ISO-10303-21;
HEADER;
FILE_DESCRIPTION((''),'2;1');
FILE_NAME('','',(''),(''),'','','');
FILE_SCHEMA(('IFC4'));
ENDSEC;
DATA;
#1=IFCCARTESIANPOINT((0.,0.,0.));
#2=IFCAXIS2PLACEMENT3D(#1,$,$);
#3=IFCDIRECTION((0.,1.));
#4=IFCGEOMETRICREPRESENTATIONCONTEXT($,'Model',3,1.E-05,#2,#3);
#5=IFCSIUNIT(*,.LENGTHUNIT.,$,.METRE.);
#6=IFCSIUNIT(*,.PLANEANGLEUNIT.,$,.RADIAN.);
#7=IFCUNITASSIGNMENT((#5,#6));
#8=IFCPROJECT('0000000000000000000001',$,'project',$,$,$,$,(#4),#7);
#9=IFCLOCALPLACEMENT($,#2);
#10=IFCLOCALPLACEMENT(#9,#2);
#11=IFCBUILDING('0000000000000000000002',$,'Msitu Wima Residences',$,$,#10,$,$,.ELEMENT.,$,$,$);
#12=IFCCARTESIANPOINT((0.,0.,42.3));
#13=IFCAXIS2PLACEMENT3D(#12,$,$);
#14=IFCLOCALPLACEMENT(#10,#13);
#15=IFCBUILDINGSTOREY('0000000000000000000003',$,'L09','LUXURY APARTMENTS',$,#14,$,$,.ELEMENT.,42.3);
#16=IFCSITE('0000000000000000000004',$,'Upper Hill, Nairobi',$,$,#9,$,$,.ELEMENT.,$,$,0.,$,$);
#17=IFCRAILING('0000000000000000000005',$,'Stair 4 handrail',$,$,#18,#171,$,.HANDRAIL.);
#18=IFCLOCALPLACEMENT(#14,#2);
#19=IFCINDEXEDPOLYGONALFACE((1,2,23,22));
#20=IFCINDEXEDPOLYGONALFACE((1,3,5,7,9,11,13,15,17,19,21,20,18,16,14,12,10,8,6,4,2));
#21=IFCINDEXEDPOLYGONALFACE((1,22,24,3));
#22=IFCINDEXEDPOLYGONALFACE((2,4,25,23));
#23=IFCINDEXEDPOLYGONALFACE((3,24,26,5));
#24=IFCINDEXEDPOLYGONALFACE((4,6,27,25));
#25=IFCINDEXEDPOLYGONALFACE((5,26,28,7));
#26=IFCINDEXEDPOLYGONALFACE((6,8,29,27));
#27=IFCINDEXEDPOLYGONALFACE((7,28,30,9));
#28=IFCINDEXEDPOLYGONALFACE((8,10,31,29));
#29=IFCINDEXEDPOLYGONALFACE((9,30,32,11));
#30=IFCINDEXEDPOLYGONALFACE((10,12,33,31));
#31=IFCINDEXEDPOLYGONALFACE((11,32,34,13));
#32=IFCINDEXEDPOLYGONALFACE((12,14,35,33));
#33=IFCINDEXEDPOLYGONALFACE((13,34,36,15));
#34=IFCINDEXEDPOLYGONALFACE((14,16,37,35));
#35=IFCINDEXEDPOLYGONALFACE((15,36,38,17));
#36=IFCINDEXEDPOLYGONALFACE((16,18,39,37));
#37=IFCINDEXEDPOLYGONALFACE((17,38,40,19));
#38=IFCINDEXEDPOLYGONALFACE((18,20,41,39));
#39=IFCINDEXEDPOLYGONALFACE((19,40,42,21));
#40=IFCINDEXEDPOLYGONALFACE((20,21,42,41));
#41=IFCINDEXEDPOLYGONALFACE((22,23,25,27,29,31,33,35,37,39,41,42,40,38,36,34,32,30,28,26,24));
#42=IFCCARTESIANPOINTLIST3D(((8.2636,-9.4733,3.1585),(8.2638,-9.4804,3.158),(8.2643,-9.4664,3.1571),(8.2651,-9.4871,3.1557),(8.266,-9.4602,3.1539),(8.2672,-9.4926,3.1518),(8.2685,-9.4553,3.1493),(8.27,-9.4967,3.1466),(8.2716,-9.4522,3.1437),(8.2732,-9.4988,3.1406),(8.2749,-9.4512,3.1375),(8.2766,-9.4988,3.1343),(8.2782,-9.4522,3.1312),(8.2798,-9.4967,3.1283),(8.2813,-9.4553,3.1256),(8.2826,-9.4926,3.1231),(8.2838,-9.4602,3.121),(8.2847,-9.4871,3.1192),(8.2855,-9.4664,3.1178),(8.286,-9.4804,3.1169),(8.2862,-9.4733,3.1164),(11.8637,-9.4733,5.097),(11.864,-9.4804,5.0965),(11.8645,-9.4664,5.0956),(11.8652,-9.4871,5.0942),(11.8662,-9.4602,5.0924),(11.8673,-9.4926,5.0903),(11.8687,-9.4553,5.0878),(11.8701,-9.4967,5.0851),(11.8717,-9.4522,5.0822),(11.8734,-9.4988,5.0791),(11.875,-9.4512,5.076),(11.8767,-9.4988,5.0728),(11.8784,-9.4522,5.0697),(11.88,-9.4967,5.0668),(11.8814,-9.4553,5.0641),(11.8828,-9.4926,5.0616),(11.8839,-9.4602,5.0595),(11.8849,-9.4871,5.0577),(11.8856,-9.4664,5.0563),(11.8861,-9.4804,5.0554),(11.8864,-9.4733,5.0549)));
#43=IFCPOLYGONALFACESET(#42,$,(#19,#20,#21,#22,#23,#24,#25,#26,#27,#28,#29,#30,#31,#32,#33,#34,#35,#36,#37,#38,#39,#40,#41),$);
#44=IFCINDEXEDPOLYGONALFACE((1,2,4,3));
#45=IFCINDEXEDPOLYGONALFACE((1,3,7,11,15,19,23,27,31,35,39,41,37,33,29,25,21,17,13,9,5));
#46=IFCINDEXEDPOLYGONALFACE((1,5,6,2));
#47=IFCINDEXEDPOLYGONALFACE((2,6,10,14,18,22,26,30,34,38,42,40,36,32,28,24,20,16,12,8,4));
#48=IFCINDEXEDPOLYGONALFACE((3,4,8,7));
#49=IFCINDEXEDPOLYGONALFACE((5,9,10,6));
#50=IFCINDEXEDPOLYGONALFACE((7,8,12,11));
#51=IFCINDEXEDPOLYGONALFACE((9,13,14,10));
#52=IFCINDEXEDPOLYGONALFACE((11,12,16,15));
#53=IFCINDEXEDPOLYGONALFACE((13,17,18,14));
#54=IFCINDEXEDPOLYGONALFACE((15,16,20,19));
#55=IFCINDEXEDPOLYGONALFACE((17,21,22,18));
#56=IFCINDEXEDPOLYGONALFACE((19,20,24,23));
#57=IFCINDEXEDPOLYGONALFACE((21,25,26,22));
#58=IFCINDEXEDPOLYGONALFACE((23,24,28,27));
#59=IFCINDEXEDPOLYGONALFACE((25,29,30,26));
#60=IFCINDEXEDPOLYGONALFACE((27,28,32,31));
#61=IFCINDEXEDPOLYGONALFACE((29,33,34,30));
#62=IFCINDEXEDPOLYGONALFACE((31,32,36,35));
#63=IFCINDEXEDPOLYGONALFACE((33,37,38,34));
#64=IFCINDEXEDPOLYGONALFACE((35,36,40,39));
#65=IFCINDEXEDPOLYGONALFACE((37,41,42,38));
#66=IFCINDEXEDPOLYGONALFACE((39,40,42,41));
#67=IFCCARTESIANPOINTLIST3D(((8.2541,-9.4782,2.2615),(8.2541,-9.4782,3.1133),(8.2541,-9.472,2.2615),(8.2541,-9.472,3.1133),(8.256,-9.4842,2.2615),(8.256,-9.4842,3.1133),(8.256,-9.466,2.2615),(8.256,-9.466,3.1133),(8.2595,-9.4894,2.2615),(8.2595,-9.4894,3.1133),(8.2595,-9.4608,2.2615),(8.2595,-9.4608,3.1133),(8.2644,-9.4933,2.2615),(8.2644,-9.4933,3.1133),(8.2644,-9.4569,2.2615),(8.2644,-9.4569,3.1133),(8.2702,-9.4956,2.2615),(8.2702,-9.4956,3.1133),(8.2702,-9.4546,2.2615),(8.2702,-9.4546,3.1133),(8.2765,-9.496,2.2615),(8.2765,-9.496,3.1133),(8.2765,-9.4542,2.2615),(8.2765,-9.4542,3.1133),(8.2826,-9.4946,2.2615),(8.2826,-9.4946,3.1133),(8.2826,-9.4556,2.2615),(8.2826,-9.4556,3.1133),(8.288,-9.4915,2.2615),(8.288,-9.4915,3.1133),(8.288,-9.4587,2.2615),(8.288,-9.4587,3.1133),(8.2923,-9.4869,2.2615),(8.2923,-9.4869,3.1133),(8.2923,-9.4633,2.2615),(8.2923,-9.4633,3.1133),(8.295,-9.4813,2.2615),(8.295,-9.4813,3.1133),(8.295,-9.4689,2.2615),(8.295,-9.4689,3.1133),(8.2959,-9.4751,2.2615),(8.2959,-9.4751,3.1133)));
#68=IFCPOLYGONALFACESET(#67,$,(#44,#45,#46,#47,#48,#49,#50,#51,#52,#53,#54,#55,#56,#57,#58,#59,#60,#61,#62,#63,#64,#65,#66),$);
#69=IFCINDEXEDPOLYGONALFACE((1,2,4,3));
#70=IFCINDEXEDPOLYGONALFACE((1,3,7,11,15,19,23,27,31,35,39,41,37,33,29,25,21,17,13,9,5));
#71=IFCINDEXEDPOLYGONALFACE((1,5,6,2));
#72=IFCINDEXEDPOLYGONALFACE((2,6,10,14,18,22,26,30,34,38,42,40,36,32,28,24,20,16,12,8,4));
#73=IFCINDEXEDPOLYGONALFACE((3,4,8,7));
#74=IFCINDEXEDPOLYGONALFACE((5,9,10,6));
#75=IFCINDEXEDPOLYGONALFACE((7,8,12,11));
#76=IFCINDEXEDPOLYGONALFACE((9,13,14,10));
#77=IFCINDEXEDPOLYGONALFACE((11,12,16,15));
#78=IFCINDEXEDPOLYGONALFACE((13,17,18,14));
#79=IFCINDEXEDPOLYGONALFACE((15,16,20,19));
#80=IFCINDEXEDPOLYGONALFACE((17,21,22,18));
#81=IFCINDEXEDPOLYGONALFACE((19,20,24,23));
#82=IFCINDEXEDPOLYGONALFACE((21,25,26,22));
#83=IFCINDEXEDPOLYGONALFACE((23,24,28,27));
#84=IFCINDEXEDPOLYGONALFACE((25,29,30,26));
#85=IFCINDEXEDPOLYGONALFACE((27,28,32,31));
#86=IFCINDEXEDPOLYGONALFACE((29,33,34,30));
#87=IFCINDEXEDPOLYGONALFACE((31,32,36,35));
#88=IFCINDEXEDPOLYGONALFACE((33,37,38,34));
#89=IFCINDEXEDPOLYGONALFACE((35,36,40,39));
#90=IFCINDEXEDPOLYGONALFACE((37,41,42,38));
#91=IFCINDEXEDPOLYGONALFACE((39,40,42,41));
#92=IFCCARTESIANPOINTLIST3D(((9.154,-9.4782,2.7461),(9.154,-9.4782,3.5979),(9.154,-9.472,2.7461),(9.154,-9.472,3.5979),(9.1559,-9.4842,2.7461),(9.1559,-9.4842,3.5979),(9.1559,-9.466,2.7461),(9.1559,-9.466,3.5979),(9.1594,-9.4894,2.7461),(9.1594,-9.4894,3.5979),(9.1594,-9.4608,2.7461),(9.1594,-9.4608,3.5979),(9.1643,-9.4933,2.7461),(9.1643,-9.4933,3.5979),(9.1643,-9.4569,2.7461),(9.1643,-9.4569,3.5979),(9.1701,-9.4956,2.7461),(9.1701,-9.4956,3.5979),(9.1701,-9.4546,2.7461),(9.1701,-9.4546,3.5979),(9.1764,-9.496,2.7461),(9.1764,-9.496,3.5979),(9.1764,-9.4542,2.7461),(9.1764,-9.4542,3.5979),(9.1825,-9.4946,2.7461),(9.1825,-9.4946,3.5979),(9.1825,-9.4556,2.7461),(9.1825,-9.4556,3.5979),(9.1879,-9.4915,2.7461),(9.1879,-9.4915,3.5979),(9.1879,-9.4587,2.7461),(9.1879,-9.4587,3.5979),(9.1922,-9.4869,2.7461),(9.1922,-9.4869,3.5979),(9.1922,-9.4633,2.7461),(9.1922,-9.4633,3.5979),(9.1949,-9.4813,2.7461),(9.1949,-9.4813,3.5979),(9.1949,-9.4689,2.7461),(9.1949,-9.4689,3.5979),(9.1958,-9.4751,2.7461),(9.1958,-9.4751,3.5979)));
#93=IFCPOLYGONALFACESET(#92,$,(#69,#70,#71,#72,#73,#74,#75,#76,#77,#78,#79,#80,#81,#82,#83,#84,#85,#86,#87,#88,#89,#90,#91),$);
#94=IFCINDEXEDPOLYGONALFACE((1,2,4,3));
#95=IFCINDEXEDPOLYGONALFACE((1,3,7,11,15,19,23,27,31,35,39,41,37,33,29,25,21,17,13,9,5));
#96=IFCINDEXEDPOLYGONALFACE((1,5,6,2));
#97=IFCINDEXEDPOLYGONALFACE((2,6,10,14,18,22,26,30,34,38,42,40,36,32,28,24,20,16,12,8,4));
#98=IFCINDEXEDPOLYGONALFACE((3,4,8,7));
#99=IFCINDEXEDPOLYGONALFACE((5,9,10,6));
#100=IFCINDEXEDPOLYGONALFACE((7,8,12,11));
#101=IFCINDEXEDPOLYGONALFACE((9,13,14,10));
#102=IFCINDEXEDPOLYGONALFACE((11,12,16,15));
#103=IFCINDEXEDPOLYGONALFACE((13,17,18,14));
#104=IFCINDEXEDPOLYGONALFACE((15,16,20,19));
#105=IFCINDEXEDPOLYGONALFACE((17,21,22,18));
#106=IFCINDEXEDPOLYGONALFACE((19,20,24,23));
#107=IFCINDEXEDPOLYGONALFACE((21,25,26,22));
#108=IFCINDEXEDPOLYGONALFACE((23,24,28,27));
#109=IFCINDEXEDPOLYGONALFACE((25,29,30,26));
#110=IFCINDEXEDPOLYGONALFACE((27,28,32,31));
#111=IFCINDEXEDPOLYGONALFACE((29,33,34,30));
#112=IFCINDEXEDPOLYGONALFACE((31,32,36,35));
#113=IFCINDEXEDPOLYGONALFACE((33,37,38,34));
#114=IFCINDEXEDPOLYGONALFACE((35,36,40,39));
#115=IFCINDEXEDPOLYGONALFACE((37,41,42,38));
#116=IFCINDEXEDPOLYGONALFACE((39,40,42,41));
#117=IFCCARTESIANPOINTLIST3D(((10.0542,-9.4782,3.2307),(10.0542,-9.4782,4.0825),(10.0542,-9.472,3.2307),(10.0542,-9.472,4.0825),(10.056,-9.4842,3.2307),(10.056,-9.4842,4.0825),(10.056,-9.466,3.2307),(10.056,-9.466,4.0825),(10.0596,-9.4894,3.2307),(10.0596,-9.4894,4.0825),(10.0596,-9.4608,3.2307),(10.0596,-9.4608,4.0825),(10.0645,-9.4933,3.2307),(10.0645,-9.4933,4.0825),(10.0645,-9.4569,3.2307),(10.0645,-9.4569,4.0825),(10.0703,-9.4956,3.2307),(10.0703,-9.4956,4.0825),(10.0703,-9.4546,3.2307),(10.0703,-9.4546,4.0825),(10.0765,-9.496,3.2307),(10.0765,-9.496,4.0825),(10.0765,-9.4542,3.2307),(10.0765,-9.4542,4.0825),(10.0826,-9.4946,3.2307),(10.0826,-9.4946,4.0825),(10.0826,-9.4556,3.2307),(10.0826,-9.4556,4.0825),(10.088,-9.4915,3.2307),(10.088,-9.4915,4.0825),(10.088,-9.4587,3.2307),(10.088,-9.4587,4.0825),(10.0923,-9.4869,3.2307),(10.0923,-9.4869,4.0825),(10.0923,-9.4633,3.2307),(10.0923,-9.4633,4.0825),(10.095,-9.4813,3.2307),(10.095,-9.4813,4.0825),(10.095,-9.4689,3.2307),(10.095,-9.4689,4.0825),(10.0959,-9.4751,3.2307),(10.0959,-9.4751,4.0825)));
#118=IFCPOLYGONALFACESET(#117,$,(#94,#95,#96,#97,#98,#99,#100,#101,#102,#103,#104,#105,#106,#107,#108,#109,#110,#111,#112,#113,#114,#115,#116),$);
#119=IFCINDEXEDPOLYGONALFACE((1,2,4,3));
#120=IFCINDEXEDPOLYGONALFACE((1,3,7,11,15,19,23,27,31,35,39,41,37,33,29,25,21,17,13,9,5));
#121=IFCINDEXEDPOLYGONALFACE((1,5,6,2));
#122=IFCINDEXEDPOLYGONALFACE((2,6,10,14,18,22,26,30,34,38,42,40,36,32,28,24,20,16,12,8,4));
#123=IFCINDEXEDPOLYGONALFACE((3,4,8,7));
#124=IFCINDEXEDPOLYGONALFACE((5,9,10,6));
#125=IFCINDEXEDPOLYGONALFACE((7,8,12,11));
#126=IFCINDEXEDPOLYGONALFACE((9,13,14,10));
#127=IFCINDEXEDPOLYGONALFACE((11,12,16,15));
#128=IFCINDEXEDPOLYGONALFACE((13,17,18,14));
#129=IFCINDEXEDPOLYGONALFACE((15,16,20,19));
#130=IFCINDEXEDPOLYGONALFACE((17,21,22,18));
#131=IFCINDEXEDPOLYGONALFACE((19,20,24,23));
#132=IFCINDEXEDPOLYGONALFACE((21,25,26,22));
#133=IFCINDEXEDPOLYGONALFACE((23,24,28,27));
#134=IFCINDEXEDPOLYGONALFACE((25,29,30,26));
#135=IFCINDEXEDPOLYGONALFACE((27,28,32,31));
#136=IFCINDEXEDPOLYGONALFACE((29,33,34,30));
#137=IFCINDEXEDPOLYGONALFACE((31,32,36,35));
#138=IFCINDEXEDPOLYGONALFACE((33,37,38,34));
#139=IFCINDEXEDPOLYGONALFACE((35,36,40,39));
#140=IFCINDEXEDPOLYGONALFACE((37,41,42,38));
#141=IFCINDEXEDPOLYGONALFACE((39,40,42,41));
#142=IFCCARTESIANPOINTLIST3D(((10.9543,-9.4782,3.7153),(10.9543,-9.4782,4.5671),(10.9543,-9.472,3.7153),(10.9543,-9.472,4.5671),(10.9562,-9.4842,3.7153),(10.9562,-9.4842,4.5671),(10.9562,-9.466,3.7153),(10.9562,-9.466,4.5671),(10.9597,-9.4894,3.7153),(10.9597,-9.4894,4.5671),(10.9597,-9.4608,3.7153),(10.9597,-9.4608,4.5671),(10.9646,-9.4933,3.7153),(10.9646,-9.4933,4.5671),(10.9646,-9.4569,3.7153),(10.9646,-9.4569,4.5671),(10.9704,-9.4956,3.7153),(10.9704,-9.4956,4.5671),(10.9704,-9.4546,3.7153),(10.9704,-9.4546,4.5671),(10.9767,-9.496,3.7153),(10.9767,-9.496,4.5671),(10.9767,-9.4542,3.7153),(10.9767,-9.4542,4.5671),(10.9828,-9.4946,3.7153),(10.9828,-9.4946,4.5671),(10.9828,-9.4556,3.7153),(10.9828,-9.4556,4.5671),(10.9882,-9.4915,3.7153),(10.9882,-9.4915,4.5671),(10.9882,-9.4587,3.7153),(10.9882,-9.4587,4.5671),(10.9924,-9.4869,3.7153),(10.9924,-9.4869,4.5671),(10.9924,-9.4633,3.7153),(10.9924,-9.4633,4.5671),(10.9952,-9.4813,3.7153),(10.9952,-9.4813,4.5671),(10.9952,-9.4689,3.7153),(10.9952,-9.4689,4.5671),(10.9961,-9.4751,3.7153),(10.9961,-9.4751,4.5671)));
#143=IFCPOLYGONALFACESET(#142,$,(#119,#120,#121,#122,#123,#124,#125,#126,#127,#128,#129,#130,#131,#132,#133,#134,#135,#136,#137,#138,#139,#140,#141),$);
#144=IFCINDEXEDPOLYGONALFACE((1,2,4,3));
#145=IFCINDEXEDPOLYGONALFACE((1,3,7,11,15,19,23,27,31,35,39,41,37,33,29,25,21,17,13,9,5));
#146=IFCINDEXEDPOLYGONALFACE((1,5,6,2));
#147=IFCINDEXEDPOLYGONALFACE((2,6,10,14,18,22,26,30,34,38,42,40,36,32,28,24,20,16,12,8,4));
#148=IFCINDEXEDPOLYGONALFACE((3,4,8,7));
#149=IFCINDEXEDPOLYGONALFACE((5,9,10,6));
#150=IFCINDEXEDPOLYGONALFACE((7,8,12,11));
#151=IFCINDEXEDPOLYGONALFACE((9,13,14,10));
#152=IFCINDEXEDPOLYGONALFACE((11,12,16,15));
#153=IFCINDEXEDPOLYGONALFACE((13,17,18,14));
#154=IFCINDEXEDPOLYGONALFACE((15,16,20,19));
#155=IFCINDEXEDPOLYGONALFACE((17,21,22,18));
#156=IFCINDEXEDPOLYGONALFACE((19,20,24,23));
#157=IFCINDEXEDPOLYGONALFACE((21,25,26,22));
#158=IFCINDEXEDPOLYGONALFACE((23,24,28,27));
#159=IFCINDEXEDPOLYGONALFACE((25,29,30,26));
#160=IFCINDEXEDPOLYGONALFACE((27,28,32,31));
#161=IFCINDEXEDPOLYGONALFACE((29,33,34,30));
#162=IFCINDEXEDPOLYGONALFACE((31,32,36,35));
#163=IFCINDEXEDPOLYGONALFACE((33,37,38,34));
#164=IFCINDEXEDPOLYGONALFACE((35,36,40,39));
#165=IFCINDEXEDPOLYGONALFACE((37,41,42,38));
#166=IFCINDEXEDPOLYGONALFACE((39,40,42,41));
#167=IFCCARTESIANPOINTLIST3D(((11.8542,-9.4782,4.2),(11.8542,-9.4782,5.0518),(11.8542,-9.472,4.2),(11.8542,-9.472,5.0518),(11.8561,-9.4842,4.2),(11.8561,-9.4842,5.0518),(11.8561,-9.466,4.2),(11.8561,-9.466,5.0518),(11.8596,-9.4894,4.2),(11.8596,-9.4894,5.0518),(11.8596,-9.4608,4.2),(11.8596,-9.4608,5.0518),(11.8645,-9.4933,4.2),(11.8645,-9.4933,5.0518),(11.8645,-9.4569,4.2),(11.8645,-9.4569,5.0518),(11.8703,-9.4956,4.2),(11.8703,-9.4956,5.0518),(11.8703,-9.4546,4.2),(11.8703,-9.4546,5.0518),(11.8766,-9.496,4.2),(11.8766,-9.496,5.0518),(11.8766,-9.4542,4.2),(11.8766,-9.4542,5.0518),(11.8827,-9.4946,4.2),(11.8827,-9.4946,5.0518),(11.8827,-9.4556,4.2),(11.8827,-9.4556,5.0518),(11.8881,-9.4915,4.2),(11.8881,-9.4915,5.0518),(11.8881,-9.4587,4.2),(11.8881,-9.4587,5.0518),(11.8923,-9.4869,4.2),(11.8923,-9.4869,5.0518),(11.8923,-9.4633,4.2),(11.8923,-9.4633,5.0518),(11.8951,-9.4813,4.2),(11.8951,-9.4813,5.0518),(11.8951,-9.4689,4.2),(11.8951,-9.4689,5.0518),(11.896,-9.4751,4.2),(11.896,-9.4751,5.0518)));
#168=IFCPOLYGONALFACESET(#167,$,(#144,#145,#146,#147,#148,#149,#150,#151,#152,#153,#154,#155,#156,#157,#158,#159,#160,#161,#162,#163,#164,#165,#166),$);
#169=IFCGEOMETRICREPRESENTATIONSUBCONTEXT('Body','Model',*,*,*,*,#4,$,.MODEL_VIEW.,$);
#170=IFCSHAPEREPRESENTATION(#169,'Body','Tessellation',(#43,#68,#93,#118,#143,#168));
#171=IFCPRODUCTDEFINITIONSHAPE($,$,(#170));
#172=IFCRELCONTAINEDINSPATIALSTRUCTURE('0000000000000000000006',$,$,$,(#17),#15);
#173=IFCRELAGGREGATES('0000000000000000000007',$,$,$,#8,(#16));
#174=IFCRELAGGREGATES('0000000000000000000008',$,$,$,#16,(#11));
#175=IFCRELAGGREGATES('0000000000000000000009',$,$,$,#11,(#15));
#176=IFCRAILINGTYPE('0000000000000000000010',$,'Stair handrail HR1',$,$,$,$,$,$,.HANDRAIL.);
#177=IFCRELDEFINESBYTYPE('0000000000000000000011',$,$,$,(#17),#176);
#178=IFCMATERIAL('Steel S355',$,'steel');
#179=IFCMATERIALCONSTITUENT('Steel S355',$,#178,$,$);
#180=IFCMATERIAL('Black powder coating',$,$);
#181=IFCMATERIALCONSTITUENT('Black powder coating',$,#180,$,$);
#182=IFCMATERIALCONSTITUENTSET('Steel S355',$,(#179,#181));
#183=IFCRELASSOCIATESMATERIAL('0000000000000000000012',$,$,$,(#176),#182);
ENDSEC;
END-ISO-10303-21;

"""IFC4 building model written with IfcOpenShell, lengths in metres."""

from ifc_helpers import new_model, si_unit, direction, frame, origin, origin_2d, place, context, subcontext, project, spatial, circle, extrude, material, constituent, constituent_set, type_object, element, save


model = new_model("IFC4")

# Units and contexts
model_context = context("Model", 3, precision=1e-05, world=origin(), true_north=direction((0.0, 1.0)))
body_context = subcontext(model_context, "Body", "Model", "MODEL_VIEW")
ifc_project = project(units=[si_unit("LENGTHUNIT", "METRE"), si_unit("PLANEANGLEUNIT", "RADIAN")], contexts=[model_context])

# Site, building, storey
site_placement = place(None, origin())
site = spatial("IfcSite", under=ifc_project, at=site_placement, Name="Upper Hill, Nairobi", CompositionType="ELEMENT", RefElevation=0.0)
building_placement = place(site_placement, origin())
building = spatial("IfcBuilding", under=site, at=building_placement, Name="Msitu Wima Residences", CompositionType="ELEMENT")
storey_placement = place(building_placement, frame((0.0, 0.0, 42.3)))
storey = spatial("IfcBuildingStorey", under=building, at=storey_placement, Name="L09", Description="LUXURY APARTMENTS", CompositionType="ELEMENT", Elevation=42.3)

# Railing
ifc_material_1 = material(Name="Steel S355", Category="steel")
ifc_constituent_1 = constituent(ifc_material_1, Name="Steel S355")
ifc_material_2 = material(Name="Black powder coating")
ifc_constituent_2 = constituent(ifc_material_2, Name="Black powder coating")
ifc_constituent_set = constituent_set(constituents=[ifc_constituent_1, ifc_constituent_2], Name="Steel S355")
railing_type = type_object("IfcRailingType", Name="Stair handrail HR1", PredefinedType="HANDRAIL", material=ifc_constituent_set)
for number, where, name in (
    (1, (8.2749, -9.4751, 2.2615), "Stair 4 handrail"),
):
    element("IfcRailing", number, at=place(storey_placement, frame(where)), inside=storey, type_object=railing_type, Name=name, PredefinedType="HANDRAIL", context=body_context, shape_type="SweptSolid", body=[
        extrude(circle(Radius=0.0239, at=origin_2d()), frame((0.0, 0.0, 0.876), z_axis=(0.880475, 0.0, 0.474093), x_axis=(0.0, 1.0, 0.0)), (0.0, 0.0, 1.0), 4.0889),
        extrude(circle(Radius=0.021, at=origin_2d()), origin(), (0.0, 0.0, 1.0), 0.8518),
        extrude(circle(Radius=0.021, at=origin_2d()), frame((0.8999, 0.0, 0.4846)), (0.0, 0.0, 1.0), 0.8518),
        extrude(circle(Radius=0.021, at=origin_2d()), frame((1.8, 0.0, 0.9692)), (0.0, 0.0, 1.0), 0.8518),
        extrude(circle(Radius=0.021, at=origin_2d()), frame((2.7002, 0.0, 1.4539)), (0.0, 0.0, 1.0), 0.8518),
        extrude(circle(Radius=0.021, at=origin_2d()), frame((3.6001, 0.0, 1.9385)), (0.0, 0.0, 1.0), 0.8518),
    ])

save(model, "model.ifc")
